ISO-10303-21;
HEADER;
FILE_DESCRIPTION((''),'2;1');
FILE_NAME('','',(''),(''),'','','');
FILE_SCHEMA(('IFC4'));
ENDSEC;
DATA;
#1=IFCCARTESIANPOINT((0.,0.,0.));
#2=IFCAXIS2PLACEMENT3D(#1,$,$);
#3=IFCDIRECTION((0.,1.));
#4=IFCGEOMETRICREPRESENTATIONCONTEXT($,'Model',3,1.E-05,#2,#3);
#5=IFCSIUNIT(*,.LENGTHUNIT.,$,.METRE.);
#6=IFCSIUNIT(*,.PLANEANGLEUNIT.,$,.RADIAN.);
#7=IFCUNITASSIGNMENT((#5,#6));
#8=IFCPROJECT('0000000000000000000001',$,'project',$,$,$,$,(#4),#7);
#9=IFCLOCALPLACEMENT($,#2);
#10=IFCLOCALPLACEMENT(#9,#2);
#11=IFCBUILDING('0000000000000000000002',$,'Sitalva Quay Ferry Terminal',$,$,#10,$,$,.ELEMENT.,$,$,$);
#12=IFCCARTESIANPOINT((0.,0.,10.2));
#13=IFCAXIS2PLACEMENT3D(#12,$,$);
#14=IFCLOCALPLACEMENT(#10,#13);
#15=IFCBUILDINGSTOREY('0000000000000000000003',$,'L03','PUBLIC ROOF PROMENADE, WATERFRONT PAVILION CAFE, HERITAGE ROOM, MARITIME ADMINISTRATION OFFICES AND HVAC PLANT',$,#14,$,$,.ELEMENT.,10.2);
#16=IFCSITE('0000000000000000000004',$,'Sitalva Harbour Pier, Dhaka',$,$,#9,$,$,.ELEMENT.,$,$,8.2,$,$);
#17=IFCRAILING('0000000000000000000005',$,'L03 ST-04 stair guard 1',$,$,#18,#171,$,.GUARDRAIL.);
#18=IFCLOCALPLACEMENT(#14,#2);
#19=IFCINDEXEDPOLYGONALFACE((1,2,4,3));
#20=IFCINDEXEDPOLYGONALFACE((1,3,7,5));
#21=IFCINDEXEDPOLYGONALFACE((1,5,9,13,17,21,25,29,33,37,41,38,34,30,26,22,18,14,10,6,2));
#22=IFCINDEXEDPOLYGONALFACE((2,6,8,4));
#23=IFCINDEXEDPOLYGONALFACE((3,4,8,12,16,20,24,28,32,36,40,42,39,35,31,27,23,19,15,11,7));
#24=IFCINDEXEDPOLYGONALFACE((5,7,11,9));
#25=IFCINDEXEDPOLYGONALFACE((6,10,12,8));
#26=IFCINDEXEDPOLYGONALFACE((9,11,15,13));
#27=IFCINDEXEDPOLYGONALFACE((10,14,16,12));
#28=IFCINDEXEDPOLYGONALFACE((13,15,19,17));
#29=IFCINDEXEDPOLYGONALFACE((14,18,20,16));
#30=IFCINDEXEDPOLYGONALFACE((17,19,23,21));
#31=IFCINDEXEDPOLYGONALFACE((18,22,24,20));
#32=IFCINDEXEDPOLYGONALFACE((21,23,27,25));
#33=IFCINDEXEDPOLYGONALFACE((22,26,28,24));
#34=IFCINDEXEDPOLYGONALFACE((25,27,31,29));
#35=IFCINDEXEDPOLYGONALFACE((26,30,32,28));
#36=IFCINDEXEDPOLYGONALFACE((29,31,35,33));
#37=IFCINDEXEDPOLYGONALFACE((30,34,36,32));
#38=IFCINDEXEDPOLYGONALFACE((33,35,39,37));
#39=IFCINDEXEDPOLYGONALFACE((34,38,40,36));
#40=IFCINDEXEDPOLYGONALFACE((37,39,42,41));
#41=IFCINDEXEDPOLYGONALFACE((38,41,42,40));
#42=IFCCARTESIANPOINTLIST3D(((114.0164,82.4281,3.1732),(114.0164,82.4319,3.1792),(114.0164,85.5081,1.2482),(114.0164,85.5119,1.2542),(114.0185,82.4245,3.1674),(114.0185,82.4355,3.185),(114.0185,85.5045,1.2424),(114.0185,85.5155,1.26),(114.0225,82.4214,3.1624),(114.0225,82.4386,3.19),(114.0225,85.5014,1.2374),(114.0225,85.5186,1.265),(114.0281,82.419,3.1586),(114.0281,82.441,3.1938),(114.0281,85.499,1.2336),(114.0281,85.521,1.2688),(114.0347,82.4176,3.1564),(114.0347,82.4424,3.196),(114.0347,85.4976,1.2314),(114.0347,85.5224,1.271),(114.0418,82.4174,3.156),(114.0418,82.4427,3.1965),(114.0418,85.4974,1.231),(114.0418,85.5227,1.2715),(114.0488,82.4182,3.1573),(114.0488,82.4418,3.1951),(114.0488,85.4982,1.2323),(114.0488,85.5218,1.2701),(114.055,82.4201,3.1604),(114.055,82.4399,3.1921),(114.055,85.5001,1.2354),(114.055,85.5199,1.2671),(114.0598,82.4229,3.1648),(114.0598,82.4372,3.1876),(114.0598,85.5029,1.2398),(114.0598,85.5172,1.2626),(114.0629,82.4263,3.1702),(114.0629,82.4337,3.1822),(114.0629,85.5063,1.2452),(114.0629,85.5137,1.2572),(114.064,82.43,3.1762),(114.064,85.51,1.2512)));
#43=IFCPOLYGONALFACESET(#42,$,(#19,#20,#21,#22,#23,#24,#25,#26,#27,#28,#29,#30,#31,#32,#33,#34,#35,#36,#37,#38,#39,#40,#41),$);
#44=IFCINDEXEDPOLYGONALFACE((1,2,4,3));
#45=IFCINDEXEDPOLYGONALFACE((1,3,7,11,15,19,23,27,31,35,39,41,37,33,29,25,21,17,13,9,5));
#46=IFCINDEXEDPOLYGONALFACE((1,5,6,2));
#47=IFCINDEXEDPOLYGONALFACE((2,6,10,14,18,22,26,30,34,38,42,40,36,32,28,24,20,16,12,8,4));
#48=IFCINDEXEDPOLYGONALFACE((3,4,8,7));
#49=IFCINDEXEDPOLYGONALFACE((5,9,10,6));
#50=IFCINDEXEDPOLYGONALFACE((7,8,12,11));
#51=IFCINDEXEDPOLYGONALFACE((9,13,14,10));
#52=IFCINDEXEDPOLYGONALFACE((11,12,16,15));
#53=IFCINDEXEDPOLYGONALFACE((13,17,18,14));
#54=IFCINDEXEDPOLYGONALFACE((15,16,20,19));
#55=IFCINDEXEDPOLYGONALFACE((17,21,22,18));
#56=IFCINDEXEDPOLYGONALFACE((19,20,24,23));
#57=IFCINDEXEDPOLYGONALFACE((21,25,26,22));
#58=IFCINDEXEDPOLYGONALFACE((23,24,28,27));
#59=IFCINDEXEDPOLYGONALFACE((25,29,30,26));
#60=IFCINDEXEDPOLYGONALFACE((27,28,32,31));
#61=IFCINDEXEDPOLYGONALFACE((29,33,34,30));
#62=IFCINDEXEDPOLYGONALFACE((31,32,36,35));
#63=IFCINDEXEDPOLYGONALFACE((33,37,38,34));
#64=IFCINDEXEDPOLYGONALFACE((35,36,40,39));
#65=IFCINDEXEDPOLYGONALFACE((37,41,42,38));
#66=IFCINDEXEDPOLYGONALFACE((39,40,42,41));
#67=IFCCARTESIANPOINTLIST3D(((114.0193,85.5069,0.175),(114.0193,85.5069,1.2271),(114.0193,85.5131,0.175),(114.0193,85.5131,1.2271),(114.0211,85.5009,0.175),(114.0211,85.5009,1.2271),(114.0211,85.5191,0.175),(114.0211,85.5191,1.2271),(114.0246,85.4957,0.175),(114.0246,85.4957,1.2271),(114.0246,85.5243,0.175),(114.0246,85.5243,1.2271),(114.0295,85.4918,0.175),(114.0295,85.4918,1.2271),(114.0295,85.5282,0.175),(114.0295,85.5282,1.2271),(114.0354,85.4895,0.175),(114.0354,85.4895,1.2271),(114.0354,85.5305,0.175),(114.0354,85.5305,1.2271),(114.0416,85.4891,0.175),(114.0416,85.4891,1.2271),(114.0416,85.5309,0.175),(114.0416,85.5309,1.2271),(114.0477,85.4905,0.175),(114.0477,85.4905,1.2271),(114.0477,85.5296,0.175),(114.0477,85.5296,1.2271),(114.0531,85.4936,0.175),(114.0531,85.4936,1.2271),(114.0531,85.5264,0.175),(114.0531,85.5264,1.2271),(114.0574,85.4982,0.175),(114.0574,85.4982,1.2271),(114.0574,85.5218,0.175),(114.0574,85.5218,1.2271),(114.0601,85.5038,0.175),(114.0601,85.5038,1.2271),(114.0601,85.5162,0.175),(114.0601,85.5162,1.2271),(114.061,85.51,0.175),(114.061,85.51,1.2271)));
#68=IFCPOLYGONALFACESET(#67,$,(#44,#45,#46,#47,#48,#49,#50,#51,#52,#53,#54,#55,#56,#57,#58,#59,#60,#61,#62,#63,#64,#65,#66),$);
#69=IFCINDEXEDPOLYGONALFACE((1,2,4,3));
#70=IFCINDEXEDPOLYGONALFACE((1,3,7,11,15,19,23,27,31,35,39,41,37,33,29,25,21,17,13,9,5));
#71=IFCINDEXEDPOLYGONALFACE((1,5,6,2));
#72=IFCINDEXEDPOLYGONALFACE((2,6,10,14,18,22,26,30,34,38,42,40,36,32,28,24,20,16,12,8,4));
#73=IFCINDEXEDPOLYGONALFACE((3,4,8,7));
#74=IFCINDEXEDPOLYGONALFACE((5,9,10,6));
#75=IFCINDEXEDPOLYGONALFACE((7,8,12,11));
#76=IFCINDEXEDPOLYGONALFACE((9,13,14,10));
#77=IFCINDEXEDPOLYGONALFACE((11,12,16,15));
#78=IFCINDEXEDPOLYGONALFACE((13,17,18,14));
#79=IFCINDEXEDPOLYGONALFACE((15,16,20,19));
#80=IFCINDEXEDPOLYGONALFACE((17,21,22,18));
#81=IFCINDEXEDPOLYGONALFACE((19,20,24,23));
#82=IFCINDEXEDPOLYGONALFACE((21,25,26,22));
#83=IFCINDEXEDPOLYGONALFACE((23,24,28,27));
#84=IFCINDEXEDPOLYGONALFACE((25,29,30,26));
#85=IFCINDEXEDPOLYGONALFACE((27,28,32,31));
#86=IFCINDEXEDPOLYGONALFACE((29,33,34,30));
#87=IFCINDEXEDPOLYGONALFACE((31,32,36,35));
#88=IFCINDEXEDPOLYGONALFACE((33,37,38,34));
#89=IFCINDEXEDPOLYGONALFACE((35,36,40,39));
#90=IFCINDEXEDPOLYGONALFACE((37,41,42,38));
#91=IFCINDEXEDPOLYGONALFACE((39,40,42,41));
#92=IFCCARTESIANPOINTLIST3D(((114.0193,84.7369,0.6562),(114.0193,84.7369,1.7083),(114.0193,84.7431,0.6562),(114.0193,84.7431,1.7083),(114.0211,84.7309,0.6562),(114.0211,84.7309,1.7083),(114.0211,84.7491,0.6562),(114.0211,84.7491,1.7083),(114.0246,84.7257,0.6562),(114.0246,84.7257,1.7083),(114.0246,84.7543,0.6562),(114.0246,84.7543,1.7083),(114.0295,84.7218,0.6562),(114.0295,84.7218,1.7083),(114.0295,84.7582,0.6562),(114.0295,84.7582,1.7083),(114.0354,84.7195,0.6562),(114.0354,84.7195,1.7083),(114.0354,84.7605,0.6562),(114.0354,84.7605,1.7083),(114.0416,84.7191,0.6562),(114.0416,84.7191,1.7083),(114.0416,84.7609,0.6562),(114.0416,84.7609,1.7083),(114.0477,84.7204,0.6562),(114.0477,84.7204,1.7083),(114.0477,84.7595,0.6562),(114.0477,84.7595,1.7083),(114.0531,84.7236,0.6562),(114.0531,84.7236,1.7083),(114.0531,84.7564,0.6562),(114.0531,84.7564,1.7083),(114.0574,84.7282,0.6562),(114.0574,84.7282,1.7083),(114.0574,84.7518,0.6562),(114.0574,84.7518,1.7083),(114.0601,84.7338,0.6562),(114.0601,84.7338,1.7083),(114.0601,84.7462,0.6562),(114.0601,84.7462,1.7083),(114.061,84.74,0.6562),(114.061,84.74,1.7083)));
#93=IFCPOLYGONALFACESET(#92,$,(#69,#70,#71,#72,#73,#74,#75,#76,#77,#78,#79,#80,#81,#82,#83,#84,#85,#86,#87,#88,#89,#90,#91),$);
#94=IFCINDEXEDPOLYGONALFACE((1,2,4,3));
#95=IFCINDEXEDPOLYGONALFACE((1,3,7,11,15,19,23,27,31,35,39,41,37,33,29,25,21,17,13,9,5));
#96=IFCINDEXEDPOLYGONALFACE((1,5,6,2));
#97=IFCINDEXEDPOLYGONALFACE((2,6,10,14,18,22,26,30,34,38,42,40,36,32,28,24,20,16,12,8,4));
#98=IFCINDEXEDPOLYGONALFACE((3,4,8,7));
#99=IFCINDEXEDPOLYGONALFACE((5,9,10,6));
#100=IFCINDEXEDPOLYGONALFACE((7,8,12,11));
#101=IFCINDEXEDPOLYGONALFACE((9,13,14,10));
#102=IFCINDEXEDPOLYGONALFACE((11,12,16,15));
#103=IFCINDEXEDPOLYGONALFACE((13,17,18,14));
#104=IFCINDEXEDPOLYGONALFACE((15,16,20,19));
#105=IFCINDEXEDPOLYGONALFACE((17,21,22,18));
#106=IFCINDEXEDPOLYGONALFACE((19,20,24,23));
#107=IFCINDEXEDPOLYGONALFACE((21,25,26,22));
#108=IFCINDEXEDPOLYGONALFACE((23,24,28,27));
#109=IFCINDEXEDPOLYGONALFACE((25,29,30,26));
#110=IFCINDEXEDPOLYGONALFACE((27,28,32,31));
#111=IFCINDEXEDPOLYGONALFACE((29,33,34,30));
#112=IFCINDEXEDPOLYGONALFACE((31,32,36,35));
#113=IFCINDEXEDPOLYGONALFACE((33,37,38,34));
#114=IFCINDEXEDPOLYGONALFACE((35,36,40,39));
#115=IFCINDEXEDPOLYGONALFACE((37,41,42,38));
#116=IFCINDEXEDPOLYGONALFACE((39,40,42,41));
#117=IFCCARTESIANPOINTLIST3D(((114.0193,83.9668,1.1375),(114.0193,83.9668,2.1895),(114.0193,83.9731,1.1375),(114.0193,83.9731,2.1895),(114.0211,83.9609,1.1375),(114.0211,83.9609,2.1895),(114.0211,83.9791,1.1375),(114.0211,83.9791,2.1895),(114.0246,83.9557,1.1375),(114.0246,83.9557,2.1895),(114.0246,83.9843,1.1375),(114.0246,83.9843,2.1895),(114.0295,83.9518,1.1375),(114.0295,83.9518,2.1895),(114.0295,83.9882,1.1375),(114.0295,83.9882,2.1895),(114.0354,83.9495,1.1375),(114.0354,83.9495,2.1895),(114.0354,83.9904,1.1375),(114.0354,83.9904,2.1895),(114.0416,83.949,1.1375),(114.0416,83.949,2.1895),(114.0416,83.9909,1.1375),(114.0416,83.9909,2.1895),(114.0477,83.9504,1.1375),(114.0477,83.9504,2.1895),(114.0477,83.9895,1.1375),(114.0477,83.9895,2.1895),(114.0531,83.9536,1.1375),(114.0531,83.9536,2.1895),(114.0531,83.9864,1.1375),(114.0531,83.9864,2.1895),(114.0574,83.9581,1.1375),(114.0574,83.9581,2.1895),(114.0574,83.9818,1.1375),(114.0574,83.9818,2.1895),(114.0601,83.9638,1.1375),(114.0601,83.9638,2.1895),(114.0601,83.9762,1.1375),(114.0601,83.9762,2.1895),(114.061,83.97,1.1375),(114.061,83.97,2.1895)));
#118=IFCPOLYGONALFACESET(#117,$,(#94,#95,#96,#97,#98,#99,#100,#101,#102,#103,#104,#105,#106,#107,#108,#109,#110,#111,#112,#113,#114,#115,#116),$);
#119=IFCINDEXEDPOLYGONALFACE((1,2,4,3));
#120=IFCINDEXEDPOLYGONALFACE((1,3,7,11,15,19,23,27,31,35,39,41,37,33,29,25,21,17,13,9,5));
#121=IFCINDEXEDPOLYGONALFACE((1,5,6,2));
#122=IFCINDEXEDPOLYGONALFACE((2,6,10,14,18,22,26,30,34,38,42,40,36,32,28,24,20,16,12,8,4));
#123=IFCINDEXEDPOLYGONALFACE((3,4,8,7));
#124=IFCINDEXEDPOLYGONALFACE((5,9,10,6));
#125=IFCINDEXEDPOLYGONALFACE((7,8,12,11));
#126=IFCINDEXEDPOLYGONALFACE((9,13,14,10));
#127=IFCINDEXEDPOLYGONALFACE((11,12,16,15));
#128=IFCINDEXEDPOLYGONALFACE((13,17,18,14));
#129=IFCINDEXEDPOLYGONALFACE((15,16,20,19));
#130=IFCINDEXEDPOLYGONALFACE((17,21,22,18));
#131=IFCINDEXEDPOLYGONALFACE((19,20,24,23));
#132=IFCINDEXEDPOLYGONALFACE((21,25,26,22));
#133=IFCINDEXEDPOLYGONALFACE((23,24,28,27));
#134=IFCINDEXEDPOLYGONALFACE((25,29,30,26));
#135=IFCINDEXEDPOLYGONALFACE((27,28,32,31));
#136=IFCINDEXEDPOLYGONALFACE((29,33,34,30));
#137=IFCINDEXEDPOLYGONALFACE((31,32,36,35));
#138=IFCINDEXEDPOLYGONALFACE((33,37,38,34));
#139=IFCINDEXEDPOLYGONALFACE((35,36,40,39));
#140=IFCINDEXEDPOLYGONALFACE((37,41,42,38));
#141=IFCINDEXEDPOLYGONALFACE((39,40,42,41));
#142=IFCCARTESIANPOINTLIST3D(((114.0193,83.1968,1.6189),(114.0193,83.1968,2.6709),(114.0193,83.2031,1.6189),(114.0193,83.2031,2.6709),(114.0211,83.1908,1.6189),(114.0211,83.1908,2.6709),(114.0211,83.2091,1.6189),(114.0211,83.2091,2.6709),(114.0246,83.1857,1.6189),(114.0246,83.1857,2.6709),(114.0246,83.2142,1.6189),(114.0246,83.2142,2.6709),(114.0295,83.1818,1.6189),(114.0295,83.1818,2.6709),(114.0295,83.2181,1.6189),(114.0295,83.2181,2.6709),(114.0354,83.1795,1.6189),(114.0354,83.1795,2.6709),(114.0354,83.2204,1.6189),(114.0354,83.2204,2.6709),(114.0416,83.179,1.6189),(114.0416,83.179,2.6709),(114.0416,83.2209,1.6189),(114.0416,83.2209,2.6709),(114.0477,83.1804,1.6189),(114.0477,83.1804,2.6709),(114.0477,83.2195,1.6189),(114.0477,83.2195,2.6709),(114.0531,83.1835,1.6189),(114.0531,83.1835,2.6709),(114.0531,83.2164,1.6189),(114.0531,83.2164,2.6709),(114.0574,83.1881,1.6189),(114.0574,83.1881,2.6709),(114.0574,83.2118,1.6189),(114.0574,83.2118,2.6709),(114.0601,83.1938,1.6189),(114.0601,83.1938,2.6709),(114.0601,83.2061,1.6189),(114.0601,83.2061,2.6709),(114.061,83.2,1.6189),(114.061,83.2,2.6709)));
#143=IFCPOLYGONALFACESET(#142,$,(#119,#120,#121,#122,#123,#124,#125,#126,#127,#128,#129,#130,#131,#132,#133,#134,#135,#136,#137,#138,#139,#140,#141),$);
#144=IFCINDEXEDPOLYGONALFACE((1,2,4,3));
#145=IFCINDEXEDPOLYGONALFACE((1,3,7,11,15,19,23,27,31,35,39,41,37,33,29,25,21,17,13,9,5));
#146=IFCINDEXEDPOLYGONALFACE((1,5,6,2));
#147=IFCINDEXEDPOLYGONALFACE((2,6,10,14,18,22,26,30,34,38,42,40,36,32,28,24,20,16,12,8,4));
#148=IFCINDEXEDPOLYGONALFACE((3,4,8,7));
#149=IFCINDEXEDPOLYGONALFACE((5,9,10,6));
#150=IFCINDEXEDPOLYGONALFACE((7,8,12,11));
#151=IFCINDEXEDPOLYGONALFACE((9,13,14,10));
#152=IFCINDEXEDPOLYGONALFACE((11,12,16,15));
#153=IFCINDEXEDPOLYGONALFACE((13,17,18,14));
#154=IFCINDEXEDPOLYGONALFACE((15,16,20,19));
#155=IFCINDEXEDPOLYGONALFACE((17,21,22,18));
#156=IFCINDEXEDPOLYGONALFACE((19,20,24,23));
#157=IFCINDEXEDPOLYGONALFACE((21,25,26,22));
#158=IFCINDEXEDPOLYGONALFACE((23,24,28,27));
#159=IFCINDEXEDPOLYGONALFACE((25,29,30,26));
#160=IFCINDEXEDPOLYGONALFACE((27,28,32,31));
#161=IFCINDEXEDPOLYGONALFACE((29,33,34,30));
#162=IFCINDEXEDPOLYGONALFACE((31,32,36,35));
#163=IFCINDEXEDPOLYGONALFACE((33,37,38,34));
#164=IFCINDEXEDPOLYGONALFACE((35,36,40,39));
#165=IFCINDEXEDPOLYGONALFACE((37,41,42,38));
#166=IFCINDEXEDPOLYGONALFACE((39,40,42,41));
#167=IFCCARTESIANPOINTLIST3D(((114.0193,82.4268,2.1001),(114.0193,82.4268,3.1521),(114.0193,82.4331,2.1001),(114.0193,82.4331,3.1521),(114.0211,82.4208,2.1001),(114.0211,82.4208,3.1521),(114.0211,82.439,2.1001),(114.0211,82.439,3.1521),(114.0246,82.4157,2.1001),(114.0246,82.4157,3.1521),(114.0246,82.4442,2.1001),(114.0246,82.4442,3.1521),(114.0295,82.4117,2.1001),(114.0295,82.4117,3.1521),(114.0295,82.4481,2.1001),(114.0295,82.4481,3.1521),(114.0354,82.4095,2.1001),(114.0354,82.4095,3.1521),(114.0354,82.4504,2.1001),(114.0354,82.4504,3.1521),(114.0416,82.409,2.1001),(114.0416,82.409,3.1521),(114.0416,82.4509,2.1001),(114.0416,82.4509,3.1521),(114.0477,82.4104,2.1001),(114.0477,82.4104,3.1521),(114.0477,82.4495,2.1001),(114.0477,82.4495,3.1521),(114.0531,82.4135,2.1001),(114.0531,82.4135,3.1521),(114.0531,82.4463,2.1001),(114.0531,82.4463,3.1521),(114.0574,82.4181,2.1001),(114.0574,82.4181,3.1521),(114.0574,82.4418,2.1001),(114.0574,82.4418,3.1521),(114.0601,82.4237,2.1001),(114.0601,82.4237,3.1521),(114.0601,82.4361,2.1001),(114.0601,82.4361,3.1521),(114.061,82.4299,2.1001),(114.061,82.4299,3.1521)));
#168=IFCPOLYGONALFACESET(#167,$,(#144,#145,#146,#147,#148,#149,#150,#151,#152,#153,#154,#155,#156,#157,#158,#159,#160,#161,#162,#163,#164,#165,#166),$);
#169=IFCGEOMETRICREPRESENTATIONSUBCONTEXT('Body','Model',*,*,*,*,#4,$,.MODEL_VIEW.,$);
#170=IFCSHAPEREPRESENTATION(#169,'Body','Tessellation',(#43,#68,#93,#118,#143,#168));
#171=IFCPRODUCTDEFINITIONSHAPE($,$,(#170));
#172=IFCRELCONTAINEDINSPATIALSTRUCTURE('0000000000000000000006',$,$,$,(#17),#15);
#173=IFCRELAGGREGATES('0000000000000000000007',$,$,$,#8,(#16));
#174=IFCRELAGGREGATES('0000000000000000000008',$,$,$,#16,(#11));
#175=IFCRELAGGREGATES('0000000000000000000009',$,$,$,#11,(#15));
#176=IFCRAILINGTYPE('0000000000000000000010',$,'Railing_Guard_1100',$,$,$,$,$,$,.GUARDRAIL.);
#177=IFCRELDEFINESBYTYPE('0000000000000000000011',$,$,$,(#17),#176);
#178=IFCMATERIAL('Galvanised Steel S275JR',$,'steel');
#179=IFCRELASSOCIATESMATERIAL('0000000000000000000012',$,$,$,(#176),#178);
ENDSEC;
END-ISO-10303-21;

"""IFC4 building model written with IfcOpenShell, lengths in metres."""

from ifc_helpers import new_model, si_unit, direction, frame, origin, origin_2d, place, context, subcontext, project, spatial, circle, extrude, material, type_object, element, save


model = new_model("IFC4")

# Units and contexts
model_context = context("Model", 3, precision=1e-05, world=origin(), true_north=direction((0.0, 1.0)))
body_context = subcontext(model_context, "Body", "Model", "MODEL_VIEW")
ifc_project = project(units=[si_unit("LENGTHUNIT", "METRE"), si_unit("PLANEANGLEUNIT", "RADIAN")], contexts=[model_context])

# Site, building, storey
site_placement = place(None, origin())
site = spatial("IfcSite", under=ifc_project, at=site_placement, Name="Sitalva Harbour Pier, Dhaka", CompositionType="ELEMENT", RefElevation=8.2)
building_placement = place(site_placement, origin())
building = spatial("IfcBuilding", under=site, at=building_placement, Name="Sitalva Quay Ferry Terminal", CompositionType="ELEMENT")
storey_placement = place(building_placement, frame((0.0, 0.0, 10.2)))
storey = spatial("IfcBuildingStorey", under=building, at=storey_placement, Name="L03", Description="PUBLIC ROOF PROMENADE, WATERFRONT PAVILION CAFE, HERITAGE ROOM, MARITIME ADMINISTRATION OFFICES AND HVAC PLANT", CompositionType="ELEMENT", Elevation=10.2)

# Railing
ifc_material_1 = material(Name="Galvanised Steel S275JR", Category="steel")
railing_type_1 = type_object("IfcRailingType", Name="Railing_Guard_1100", PredefinedType="GUARDRAIL", material=ifc_material_1)
railing_1_placement = place(storey_placement, frame((114.04, 85.51, 0.175)))
element("IfcRailing", 1, at=railing_1_placement, inside=storey, type_object=railing_type_1, Name="L03 ST-04 stair guard 1", PredefinedType="GUARDRAIL", context=body_context, shape_type="SweptSolid", body=[
    extrude(circle(Radius=0.0239, at=origin_2d()), frame((0.0, 0.0, 1.0762), z_axis=(0.0, -0.847998, 0.529999), x_axis=(1.0, 0.0, 0.0)), (0.0, 0.0, 1.0), 3.6321),
    extrude(circle(Radius=0.021, at=origin_2d()), origin(), (0.0, 0.0, 1.0), 1.052),
    extrude(circle(Radius=0.021, at=origin_2d()), frame((0.0, -0.77, 0.4812)), (0.0, 0.0, 1.0), 1.052),
    extrude(circle(Radius=0.021, at=origin_2d()), frame((0.0, -1.54, 0.9624)), (0.0, 0.0, 1.0), 1.052),
    extrude(circle(Radius=0.021, at=origin_2d()), frame((0.0, -2.3101, 1.4438)), (0.0, 0.0, 1.0), 1.052),
    extrude(circle(Radius=0.021, at=origin_2d()), frame((0.0, -3.0801, 1.925)), (0.0, 0.0, 1.0), 1.052),
])

save(model, "model.ifc")
